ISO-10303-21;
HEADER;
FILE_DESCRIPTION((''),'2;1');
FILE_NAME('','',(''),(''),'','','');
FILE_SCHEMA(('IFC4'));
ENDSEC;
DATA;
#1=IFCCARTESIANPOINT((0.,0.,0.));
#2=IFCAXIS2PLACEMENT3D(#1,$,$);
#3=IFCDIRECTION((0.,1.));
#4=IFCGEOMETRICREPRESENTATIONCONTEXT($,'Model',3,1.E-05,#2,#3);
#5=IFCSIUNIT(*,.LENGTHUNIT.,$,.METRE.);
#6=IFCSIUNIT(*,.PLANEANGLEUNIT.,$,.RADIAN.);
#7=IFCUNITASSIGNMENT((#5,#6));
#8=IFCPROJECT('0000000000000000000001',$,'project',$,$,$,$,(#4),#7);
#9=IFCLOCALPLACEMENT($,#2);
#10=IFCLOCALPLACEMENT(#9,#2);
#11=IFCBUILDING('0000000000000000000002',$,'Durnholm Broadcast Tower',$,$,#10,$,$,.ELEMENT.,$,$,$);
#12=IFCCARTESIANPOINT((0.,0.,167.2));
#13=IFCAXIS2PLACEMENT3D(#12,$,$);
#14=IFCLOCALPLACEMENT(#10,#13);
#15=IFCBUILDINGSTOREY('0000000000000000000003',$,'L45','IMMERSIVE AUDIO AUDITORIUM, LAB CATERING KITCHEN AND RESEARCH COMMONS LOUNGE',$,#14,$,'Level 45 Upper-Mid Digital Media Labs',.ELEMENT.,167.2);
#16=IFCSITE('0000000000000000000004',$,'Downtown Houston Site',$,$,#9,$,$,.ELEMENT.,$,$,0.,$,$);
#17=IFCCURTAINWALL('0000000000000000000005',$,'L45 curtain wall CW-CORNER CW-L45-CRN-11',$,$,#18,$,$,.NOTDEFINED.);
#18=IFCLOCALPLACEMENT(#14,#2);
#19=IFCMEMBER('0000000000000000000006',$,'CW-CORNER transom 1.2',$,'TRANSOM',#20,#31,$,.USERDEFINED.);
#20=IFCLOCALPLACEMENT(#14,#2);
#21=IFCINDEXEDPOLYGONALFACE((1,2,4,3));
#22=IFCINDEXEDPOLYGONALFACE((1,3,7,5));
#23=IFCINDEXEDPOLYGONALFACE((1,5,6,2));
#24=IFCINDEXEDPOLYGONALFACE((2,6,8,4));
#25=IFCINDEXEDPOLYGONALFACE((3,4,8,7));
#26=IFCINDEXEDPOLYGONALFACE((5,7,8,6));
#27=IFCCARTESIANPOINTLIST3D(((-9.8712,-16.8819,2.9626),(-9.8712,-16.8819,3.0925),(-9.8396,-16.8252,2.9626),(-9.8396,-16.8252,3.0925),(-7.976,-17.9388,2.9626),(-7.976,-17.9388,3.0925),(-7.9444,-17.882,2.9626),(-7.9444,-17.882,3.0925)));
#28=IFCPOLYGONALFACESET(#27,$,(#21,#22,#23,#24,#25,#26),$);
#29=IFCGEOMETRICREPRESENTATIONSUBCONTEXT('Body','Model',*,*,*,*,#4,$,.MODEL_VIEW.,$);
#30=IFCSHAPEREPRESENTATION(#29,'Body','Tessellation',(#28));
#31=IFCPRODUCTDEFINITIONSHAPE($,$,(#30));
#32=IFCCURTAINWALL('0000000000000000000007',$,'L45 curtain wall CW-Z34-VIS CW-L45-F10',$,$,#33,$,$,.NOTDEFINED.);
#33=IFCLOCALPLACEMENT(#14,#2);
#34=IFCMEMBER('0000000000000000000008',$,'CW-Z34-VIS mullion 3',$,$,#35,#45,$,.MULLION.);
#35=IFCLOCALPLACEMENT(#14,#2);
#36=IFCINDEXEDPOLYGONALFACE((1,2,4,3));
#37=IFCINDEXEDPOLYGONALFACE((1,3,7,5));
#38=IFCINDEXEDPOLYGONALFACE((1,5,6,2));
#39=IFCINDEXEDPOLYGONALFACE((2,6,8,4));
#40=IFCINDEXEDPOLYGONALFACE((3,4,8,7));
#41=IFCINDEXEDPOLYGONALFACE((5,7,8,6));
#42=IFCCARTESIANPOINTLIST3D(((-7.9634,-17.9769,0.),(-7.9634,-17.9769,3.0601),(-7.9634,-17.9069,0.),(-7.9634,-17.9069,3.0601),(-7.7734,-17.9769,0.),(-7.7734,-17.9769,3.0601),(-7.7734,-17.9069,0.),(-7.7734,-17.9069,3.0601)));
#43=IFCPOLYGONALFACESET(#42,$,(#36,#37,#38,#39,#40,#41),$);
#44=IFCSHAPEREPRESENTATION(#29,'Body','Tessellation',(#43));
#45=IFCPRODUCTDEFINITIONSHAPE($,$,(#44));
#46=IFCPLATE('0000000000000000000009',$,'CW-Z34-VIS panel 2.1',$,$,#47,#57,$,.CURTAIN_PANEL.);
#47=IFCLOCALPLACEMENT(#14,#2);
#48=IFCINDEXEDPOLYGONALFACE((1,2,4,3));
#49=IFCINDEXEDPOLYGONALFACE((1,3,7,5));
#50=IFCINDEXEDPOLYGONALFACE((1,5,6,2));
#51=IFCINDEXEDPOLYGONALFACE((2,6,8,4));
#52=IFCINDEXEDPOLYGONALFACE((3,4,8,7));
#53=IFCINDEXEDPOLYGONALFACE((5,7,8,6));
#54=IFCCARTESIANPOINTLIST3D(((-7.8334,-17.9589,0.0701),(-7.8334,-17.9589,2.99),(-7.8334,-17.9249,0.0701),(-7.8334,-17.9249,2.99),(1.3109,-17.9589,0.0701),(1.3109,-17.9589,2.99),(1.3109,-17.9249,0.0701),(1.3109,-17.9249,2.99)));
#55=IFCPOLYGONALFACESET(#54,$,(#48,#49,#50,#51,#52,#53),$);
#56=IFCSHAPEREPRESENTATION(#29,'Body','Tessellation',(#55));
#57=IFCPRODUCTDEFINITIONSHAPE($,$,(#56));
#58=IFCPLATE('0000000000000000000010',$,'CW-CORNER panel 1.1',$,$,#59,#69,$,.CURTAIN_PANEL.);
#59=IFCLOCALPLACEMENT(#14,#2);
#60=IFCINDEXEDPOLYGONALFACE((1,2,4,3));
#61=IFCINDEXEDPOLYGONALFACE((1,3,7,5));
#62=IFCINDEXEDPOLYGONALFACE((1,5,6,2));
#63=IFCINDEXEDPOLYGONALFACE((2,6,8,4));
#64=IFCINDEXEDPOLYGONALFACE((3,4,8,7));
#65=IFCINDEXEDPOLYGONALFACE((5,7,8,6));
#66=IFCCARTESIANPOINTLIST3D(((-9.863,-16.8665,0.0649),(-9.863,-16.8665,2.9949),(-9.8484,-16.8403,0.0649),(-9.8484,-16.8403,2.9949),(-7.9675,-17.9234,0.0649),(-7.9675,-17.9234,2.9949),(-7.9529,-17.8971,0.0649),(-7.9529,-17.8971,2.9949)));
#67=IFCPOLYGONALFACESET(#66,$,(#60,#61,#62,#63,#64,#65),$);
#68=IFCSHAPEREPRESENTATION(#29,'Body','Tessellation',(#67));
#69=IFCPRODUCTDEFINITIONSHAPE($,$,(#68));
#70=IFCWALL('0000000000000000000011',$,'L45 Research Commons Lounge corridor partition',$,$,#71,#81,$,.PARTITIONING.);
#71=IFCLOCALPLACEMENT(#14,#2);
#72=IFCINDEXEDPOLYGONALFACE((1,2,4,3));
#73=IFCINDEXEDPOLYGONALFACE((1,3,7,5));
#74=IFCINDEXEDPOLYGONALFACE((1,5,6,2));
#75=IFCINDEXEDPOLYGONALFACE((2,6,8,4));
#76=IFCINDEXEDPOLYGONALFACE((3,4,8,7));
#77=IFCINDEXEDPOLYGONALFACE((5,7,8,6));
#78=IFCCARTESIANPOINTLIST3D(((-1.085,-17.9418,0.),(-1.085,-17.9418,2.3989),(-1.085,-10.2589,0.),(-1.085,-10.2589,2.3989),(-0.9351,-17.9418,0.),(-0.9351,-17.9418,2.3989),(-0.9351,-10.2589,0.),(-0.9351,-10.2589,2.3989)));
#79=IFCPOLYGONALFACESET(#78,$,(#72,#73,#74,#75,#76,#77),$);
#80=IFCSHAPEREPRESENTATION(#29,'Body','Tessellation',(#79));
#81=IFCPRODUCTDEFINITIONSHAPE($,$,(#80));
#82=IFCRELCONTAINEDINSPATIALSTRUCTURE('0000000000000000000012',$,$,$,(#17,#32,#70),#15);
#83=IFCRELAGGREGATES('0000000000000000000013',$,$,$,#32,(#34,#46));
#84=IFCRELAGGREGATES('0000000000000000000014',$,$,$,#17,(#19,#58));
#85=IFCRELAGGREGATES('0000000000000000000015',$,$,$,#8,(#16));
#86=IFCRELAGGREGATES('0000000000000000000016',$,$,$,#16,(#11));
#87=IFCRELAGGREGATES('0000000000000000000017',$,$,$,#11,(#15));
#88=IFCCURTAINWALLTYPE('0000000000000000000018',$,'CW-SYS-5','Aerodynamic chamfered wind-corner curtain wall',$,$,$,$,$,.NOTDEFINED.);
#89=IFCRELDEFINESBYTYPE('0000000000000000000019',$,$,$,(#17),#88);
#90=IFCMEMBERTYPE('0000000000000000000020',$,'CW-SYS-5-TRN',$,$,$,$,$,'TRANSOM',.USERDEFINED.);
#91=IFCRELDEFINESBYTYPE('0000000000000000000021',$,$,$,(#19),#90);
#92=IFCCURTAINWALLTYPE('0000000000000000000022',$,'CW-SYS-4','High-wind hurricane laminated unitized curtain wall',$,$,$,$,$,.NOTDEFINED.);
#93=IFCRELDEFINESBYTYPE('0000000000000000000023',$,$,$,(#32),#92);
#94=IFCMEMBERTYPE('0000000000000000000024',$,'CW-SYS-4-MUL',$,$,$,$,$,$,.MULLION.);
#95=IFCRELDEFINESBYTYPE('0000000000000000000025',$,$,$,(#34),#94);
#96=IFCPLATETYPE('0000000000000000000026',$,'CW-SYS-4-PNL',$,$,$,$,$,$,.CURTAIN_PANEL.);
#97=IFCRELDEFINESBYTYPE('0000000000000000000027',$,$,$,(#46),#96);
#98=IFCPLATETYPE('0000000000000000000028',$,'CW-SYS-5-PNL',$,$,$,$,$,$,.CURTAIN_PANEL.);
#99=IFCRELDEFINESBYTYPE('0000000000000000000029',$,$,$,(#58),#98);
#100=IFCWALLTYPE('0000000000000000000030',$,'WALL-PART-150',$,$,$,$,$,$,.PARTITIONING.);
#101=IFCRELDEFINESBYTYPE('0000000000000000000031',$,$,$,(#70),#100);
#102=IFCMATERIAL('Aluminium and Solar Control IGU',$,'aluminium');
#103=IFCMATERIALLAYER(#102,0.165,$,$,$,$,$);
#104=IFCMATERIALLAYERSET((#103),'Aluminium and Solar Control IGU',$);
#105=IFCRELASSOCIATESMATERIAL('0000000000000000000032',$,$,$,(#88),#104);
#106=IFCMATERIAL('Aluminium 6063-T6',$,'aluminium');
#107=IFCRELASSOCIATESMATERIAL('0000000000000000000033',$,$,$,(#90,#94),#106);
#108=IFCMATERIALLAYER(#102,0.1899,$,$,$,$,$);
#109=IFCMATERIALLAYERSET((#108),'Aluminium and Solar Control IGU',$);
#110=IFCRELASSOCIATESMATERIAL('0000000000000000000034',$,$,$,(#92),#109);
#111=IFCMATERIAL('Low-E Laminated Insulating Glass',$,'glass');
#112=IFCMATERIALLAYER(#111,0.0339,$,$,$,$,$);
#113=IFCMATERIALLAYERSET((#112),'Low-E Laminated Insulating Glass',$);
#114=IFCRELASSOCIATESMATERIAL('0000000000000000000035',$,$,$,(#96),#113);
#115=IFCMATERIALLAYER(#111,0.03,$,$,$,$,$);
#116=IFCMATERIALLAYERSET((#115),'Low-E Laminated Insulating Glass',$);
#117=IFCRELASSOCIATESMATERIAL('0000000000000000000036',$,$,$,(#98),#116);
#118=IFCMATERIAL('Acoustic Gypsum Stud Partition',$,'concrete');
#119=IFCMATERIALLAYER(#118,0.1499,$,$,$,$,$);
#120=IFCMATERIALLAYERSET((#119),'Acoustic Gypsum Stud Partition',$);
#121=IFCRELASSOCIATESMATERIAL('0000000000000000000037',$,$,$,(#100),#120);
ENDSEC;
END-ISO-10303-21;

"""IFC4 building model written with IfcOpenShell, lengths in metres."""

from ifc_helpers import new_model, si_unit, direction, frame, frame_2d, origin, origin_2d, place, context, subcontext, project, spatial, rectangle, extrude, source, transform, mapped, material, layer, layer_set, material_profile, profile_set, type_object, type_shapes, element, aggregate, save


model = new_model("IFC4")

# Units and contexts
model_context = context("Model", 3, precision=1e-05, world=origin(), true_north=direction((0.0, 1.0)))
body_context = subcontext(model_context, "Body", "Model", "MODEL_VIEW")
ifc_project = project(units=[si_unit("LENGTHUNIT", "METRE"), si_unit("PLANEANGLEUNIT", "RADIAN")], contexts=[model_context])

# Site, building, storey
site_placement = place(None, origin())
site = spatial("IfcSite", under=ifc_project, at=site_placement, Name="Downtown Houston Site", CompositionType="ELEMENT", RefElevation=0.0)
building_placement = place(site_placement, origin())
building = spatial("IfcBuilding", under=site, at=building_placement, Name="Durnholm Broadcast Tower", CompositionType="ELEMENT")
storey_placement = place(building_placement, frame((0.0, 0.0, 167.2)))
storey = spatial("IfcBuildingStorey", under=building, at=storey_placement, Name="L45", Description="IMMERSIVE AUDIO AUDITORIUM, LAB CATERING KITCHEN AND RESEARCH COMMONS LOUNGE", LongName="Level 45 Upper-Mid Digital Media Labs", CompositionType="ELEMENT", Elevation=167.2)

# Curtain wall, member
ifc_material_1 = material(Name="Aluminium and Solar Control IGU", Category="aluminium")
ifc_layer_1 = layer(ifc_material_1, 0.165)
ifc_layer_set_1 = layer_set([ifc_layer_1], Name="Aluminium and Solar Control IGU")
curtain_wall_type_1 = type_object("IfcCurtainWallType", Name="CW-SYS-5", Description="Aerodynamic chamfered wind-corner curtain wall", PredefinedType="NOTDEFINED", material=ifc_layer_set_1)
curtain_wall_1_placement = place(storey_placement, origin())
curtain_wall_1 = element("IfcCurtainWall", 1, at=curtain_wall_1_placement, inside=storey, type_object=curtain_wall_type_1, Name="L45 curtain wall CW-CORNER CW-L45-CRN-11", PredefinedType="NOTDEFINED")
ifc_material_2 = material(Name="Aluminium 6063-T6", Category="aluminium")
ifc_material_profile_1 = material_profile(ifc_material_2, rectangle(XDim=0.0649, YDim=0.1299, at=origin_2d()), Name="CWT65X130")
ifc_profile_set_1 = profile_set([ifc_material_profile_1], Name="Aluminium 6063-T6")
member_type_1 = type_object("IfcMemberType", Name="CW-SYS-5-TRN", ElementType="TRANSOM", PredefinedType="USERDEFINED", material=ifc_profile_set_1)
shared_shape_1 = source(origin(), body_context, "Body", "SweptSolid", [
    extrude(rectangle(XDim=0.0649, YDim=0.1299, at=origin_2d()), origin(), (0.0, 0.0, 1.0), 2.1699),
])
type_shapes(member_type_1, [shared_shape_1])
member_1_placement = place(storey_placement, frame((-7.9602, -17.9104, 3.0276), z_axis=(-0.873381, 0.487037, 0.0), x_axis=(-0.487037, -0.873381, 0.0)))
member_1 = element("IfcMember", 2, at=member_1_placement, type_object=member_type_1, Name="CW-CORNER transom 1.2", ObjectType="TRANSOM", PredefinedType="USERDEFINED", context=body_context, shape_type="MappedRepresentation", body=[
    mapped(shared_shape_1, transform((0.0, 0.0, 0.0), x_axis=(1.0, 0.0, 0.0), y_axis=(0.0, 1.0, 0.0), z_axis=(0.0, 0.0, 1.0), scale=1.0)),
])

# Curtain wall, member, plate
ifc_layer_2 = layer(ifc_material_1, 0.1899)
ifc_layer_set_2 = layer_set([ifc_layer_2], Name="Aluminium and Solar Control IGU")
curtain_wall_type_2 = type_object("IfcCurtainWallType", Name="CW-SYS-4", Description="High-wind hurricane laminated unitized curtain wall", PredefinedType="NOTDEFINED", material=ifc_layer_set_2)
curtain_wall_2_placement = place(storey_placement, origin())
curtain_wall_2 = element("IfcCurtainWall", 3, at=curtain_wall_2_placement, inside=storey, type_object=curtain_wall_type_2, Name="L45 curtain wall CW-Z34-VIS CW-L45-F10", PredefinedType="NOTDEFINED")
ifc_material_profile_2 = material_profile(ifc_material_2, rectangle(XDim=0.0701, YDim=0.1899, at=origin_2d()), Name="CWM70X190")
ifc_profile_set_2 = profile_set([ifc_material_profile_2], Name="Aluminium 6063-T6")
member_type_2 = type_object("IfcMemberType", Name="CW-SYS-4-MUL", PredefinedType="MULLION", material=ifc_profile_set_2)
shared_shape_2 = source(origin(), body_context, "Body", "SweptSolid", [
    extrude(rectangle(XDim=0.0701, YDim=0.1899, at=origin_2d()), origin(), (0.0, 0.0, 1.0), 3.0601),
])
type_shapes(member_type_2, [shared_shape_2])
member_2_placement = place(storey_placement, frame((-7.8684, -17.9419, 0.0), z_axis=(0.0, 0.0, 1.0), x_axis=(0.0, -1.0, 0.0)))
member_2 = element("IfcMember", 4, at=member_2_placement, type_object=member_type_2, Name="CW-Z34-VIS mullion 3", PredefinedType="MULLION", context=body_context, shape_type="MappedRepresentation", body=[
    mapped(shared_shape_2, transform((0.0, 0.0, 0.0), x_axis=(1.0, 0.0, 0.0), y_axis=(0.0, 1.0, 0.0), z_axis=(0.0, 0.0, 1.0), scale=1.0)),
])
ifc_material_3 = material(Name="Low-E Laminated Insulating Glass", Category="glass")
ifc_layer_3 = layer(ifc_material_3, 0.0339)
ifc_layer_set_3 = layer_set([ifc_layer_3], Name="Low-E Laminated Insulating Glass")
plate_type_1 = type_object("IfcPlateType", Name="CW-SYS-4-PNL", PredefinedType="CURTAIN_PANEL", material=ifc_layer_set_3)
shared_shape_3 = source(origin(), body_context, "Body", "SweptSolid", [
    extrude(rectangle(XDim=9.1443, YDim=0.0339, at=origin_2d()), origin(), (0.0, 0.0, 1.0), 2.9199),
])
type_shapes(plate_type_1, [shared_shape_3])
plate_1_placement = place(storey_placement, frame((-3.2612, -17.9419, 0.0701), z_axis=(0.0, 0.0, 1.0), x_axis=(-1.0, 0.0, 0.0)))
plate_1 = element("IfcPlate", 5, at=plate_1_placement, type_object=plate_type_1, Name="CW-Z34-VIS panel 2.1", PredefinedType="CURTAIN_PANEL", context=body_context, shape_type="MappedRepresentation", body=[
    mapped(shared_shape_3, transform((0.0, 0.0, 0.0), x_axis=(1.0, 0.0, 0.0), y_axis=(0.0, 1.0, 0.0), z_axis=(0.0, 0.0, 1.0), scale=1.0)),
])
aggregate(curtain_wall_2, [member_2, plate_1])

# Plate
ifc_layer_4 = layer(ifc_material_3, 0.03)
ifc_layer_set_4 = layer_set([ifc_layer_4], Name="Low-E Laminated Insulating Glass")
plate_type_2 = type_object("IfcPlateType", Name="CW-SYS-5-PNL", PredefinedType="CURTAIN_PANEL", material=ifc_layer_set_4)
shared_shape_4 = source(origin(), body_context, "Body", "SweptSolid", [
    extrude(rectangle(XDim=2.1702, YDim=0.03, at=origin_2d()), origin(), (0.0, 0.0, 1.0), 2.9299),
])
type_shapes(plate_type_2, [shared_shape_4])
plate_2_placement = place(storey_placement, frame((-8.908, -17.3818, 0.0649), z_axis=(0.0, 0.0, 1.0), x_axis=(-0.87341, 0.486986, 0.0)))
plate_2 = element("IfcPlate", 6, at=plate_2_placement, type_object=plate_type_2, Name="CW-CORNER panel 1.1", PredefinedType="CURTAIN_PANEL", context=body_context, shape_type="MappedRepresentation", body=[
    mapped(shared_shape_4, transform((0.0, 0.0, 0.0), x_axis=(1.0, 0.0, 0.0), y_axis=(0.0, 1.0, 0.0), z_axis=(0.0, 0.0, 1.0), scale=1.0)),
])
aggregate(curtain_wall_1, [member_1, plate_2])

# Wall
ifc_material_4 = material(Name="Acoustic Gypsum Stud Partition", Category="concrete")
ifc_layer_5 = layer(ifc_material_4, 0.1499)
ifc_layer_set_5 = layer_set([ifc_layer_5], Name="Acoustic Gypsum Stud Partition")
wall_type_1 = type_object("IfcWallType", Name="WALL-PART-150", PredefinedType="PARTITIONING", material=ifc_layer_set_5)
wall_1_placement = place(storey_placement, frame((-1.01, -10.259, 0.0), z_axis=(0.0, 0.0, 1.0), x_axis=(0.0, -1.0, 0.0)))
element("IfcWall", 7, at=wall_1_placement, inside=storey, type_object=wall_type_1, Name="L45 Research Commons Lounge corridor partition", PredefinedType="PARTITIONING", context=body_context, shape_type="SweptSolid", body=[
    extrude(rectangle(XDim=7.6829, YDim=0.1499, at=frame_2d((3.8413, 0.0))), origin(), (0.0, 0.0, 1.0), 2.3989),
])

save(model, "model.ifc")
